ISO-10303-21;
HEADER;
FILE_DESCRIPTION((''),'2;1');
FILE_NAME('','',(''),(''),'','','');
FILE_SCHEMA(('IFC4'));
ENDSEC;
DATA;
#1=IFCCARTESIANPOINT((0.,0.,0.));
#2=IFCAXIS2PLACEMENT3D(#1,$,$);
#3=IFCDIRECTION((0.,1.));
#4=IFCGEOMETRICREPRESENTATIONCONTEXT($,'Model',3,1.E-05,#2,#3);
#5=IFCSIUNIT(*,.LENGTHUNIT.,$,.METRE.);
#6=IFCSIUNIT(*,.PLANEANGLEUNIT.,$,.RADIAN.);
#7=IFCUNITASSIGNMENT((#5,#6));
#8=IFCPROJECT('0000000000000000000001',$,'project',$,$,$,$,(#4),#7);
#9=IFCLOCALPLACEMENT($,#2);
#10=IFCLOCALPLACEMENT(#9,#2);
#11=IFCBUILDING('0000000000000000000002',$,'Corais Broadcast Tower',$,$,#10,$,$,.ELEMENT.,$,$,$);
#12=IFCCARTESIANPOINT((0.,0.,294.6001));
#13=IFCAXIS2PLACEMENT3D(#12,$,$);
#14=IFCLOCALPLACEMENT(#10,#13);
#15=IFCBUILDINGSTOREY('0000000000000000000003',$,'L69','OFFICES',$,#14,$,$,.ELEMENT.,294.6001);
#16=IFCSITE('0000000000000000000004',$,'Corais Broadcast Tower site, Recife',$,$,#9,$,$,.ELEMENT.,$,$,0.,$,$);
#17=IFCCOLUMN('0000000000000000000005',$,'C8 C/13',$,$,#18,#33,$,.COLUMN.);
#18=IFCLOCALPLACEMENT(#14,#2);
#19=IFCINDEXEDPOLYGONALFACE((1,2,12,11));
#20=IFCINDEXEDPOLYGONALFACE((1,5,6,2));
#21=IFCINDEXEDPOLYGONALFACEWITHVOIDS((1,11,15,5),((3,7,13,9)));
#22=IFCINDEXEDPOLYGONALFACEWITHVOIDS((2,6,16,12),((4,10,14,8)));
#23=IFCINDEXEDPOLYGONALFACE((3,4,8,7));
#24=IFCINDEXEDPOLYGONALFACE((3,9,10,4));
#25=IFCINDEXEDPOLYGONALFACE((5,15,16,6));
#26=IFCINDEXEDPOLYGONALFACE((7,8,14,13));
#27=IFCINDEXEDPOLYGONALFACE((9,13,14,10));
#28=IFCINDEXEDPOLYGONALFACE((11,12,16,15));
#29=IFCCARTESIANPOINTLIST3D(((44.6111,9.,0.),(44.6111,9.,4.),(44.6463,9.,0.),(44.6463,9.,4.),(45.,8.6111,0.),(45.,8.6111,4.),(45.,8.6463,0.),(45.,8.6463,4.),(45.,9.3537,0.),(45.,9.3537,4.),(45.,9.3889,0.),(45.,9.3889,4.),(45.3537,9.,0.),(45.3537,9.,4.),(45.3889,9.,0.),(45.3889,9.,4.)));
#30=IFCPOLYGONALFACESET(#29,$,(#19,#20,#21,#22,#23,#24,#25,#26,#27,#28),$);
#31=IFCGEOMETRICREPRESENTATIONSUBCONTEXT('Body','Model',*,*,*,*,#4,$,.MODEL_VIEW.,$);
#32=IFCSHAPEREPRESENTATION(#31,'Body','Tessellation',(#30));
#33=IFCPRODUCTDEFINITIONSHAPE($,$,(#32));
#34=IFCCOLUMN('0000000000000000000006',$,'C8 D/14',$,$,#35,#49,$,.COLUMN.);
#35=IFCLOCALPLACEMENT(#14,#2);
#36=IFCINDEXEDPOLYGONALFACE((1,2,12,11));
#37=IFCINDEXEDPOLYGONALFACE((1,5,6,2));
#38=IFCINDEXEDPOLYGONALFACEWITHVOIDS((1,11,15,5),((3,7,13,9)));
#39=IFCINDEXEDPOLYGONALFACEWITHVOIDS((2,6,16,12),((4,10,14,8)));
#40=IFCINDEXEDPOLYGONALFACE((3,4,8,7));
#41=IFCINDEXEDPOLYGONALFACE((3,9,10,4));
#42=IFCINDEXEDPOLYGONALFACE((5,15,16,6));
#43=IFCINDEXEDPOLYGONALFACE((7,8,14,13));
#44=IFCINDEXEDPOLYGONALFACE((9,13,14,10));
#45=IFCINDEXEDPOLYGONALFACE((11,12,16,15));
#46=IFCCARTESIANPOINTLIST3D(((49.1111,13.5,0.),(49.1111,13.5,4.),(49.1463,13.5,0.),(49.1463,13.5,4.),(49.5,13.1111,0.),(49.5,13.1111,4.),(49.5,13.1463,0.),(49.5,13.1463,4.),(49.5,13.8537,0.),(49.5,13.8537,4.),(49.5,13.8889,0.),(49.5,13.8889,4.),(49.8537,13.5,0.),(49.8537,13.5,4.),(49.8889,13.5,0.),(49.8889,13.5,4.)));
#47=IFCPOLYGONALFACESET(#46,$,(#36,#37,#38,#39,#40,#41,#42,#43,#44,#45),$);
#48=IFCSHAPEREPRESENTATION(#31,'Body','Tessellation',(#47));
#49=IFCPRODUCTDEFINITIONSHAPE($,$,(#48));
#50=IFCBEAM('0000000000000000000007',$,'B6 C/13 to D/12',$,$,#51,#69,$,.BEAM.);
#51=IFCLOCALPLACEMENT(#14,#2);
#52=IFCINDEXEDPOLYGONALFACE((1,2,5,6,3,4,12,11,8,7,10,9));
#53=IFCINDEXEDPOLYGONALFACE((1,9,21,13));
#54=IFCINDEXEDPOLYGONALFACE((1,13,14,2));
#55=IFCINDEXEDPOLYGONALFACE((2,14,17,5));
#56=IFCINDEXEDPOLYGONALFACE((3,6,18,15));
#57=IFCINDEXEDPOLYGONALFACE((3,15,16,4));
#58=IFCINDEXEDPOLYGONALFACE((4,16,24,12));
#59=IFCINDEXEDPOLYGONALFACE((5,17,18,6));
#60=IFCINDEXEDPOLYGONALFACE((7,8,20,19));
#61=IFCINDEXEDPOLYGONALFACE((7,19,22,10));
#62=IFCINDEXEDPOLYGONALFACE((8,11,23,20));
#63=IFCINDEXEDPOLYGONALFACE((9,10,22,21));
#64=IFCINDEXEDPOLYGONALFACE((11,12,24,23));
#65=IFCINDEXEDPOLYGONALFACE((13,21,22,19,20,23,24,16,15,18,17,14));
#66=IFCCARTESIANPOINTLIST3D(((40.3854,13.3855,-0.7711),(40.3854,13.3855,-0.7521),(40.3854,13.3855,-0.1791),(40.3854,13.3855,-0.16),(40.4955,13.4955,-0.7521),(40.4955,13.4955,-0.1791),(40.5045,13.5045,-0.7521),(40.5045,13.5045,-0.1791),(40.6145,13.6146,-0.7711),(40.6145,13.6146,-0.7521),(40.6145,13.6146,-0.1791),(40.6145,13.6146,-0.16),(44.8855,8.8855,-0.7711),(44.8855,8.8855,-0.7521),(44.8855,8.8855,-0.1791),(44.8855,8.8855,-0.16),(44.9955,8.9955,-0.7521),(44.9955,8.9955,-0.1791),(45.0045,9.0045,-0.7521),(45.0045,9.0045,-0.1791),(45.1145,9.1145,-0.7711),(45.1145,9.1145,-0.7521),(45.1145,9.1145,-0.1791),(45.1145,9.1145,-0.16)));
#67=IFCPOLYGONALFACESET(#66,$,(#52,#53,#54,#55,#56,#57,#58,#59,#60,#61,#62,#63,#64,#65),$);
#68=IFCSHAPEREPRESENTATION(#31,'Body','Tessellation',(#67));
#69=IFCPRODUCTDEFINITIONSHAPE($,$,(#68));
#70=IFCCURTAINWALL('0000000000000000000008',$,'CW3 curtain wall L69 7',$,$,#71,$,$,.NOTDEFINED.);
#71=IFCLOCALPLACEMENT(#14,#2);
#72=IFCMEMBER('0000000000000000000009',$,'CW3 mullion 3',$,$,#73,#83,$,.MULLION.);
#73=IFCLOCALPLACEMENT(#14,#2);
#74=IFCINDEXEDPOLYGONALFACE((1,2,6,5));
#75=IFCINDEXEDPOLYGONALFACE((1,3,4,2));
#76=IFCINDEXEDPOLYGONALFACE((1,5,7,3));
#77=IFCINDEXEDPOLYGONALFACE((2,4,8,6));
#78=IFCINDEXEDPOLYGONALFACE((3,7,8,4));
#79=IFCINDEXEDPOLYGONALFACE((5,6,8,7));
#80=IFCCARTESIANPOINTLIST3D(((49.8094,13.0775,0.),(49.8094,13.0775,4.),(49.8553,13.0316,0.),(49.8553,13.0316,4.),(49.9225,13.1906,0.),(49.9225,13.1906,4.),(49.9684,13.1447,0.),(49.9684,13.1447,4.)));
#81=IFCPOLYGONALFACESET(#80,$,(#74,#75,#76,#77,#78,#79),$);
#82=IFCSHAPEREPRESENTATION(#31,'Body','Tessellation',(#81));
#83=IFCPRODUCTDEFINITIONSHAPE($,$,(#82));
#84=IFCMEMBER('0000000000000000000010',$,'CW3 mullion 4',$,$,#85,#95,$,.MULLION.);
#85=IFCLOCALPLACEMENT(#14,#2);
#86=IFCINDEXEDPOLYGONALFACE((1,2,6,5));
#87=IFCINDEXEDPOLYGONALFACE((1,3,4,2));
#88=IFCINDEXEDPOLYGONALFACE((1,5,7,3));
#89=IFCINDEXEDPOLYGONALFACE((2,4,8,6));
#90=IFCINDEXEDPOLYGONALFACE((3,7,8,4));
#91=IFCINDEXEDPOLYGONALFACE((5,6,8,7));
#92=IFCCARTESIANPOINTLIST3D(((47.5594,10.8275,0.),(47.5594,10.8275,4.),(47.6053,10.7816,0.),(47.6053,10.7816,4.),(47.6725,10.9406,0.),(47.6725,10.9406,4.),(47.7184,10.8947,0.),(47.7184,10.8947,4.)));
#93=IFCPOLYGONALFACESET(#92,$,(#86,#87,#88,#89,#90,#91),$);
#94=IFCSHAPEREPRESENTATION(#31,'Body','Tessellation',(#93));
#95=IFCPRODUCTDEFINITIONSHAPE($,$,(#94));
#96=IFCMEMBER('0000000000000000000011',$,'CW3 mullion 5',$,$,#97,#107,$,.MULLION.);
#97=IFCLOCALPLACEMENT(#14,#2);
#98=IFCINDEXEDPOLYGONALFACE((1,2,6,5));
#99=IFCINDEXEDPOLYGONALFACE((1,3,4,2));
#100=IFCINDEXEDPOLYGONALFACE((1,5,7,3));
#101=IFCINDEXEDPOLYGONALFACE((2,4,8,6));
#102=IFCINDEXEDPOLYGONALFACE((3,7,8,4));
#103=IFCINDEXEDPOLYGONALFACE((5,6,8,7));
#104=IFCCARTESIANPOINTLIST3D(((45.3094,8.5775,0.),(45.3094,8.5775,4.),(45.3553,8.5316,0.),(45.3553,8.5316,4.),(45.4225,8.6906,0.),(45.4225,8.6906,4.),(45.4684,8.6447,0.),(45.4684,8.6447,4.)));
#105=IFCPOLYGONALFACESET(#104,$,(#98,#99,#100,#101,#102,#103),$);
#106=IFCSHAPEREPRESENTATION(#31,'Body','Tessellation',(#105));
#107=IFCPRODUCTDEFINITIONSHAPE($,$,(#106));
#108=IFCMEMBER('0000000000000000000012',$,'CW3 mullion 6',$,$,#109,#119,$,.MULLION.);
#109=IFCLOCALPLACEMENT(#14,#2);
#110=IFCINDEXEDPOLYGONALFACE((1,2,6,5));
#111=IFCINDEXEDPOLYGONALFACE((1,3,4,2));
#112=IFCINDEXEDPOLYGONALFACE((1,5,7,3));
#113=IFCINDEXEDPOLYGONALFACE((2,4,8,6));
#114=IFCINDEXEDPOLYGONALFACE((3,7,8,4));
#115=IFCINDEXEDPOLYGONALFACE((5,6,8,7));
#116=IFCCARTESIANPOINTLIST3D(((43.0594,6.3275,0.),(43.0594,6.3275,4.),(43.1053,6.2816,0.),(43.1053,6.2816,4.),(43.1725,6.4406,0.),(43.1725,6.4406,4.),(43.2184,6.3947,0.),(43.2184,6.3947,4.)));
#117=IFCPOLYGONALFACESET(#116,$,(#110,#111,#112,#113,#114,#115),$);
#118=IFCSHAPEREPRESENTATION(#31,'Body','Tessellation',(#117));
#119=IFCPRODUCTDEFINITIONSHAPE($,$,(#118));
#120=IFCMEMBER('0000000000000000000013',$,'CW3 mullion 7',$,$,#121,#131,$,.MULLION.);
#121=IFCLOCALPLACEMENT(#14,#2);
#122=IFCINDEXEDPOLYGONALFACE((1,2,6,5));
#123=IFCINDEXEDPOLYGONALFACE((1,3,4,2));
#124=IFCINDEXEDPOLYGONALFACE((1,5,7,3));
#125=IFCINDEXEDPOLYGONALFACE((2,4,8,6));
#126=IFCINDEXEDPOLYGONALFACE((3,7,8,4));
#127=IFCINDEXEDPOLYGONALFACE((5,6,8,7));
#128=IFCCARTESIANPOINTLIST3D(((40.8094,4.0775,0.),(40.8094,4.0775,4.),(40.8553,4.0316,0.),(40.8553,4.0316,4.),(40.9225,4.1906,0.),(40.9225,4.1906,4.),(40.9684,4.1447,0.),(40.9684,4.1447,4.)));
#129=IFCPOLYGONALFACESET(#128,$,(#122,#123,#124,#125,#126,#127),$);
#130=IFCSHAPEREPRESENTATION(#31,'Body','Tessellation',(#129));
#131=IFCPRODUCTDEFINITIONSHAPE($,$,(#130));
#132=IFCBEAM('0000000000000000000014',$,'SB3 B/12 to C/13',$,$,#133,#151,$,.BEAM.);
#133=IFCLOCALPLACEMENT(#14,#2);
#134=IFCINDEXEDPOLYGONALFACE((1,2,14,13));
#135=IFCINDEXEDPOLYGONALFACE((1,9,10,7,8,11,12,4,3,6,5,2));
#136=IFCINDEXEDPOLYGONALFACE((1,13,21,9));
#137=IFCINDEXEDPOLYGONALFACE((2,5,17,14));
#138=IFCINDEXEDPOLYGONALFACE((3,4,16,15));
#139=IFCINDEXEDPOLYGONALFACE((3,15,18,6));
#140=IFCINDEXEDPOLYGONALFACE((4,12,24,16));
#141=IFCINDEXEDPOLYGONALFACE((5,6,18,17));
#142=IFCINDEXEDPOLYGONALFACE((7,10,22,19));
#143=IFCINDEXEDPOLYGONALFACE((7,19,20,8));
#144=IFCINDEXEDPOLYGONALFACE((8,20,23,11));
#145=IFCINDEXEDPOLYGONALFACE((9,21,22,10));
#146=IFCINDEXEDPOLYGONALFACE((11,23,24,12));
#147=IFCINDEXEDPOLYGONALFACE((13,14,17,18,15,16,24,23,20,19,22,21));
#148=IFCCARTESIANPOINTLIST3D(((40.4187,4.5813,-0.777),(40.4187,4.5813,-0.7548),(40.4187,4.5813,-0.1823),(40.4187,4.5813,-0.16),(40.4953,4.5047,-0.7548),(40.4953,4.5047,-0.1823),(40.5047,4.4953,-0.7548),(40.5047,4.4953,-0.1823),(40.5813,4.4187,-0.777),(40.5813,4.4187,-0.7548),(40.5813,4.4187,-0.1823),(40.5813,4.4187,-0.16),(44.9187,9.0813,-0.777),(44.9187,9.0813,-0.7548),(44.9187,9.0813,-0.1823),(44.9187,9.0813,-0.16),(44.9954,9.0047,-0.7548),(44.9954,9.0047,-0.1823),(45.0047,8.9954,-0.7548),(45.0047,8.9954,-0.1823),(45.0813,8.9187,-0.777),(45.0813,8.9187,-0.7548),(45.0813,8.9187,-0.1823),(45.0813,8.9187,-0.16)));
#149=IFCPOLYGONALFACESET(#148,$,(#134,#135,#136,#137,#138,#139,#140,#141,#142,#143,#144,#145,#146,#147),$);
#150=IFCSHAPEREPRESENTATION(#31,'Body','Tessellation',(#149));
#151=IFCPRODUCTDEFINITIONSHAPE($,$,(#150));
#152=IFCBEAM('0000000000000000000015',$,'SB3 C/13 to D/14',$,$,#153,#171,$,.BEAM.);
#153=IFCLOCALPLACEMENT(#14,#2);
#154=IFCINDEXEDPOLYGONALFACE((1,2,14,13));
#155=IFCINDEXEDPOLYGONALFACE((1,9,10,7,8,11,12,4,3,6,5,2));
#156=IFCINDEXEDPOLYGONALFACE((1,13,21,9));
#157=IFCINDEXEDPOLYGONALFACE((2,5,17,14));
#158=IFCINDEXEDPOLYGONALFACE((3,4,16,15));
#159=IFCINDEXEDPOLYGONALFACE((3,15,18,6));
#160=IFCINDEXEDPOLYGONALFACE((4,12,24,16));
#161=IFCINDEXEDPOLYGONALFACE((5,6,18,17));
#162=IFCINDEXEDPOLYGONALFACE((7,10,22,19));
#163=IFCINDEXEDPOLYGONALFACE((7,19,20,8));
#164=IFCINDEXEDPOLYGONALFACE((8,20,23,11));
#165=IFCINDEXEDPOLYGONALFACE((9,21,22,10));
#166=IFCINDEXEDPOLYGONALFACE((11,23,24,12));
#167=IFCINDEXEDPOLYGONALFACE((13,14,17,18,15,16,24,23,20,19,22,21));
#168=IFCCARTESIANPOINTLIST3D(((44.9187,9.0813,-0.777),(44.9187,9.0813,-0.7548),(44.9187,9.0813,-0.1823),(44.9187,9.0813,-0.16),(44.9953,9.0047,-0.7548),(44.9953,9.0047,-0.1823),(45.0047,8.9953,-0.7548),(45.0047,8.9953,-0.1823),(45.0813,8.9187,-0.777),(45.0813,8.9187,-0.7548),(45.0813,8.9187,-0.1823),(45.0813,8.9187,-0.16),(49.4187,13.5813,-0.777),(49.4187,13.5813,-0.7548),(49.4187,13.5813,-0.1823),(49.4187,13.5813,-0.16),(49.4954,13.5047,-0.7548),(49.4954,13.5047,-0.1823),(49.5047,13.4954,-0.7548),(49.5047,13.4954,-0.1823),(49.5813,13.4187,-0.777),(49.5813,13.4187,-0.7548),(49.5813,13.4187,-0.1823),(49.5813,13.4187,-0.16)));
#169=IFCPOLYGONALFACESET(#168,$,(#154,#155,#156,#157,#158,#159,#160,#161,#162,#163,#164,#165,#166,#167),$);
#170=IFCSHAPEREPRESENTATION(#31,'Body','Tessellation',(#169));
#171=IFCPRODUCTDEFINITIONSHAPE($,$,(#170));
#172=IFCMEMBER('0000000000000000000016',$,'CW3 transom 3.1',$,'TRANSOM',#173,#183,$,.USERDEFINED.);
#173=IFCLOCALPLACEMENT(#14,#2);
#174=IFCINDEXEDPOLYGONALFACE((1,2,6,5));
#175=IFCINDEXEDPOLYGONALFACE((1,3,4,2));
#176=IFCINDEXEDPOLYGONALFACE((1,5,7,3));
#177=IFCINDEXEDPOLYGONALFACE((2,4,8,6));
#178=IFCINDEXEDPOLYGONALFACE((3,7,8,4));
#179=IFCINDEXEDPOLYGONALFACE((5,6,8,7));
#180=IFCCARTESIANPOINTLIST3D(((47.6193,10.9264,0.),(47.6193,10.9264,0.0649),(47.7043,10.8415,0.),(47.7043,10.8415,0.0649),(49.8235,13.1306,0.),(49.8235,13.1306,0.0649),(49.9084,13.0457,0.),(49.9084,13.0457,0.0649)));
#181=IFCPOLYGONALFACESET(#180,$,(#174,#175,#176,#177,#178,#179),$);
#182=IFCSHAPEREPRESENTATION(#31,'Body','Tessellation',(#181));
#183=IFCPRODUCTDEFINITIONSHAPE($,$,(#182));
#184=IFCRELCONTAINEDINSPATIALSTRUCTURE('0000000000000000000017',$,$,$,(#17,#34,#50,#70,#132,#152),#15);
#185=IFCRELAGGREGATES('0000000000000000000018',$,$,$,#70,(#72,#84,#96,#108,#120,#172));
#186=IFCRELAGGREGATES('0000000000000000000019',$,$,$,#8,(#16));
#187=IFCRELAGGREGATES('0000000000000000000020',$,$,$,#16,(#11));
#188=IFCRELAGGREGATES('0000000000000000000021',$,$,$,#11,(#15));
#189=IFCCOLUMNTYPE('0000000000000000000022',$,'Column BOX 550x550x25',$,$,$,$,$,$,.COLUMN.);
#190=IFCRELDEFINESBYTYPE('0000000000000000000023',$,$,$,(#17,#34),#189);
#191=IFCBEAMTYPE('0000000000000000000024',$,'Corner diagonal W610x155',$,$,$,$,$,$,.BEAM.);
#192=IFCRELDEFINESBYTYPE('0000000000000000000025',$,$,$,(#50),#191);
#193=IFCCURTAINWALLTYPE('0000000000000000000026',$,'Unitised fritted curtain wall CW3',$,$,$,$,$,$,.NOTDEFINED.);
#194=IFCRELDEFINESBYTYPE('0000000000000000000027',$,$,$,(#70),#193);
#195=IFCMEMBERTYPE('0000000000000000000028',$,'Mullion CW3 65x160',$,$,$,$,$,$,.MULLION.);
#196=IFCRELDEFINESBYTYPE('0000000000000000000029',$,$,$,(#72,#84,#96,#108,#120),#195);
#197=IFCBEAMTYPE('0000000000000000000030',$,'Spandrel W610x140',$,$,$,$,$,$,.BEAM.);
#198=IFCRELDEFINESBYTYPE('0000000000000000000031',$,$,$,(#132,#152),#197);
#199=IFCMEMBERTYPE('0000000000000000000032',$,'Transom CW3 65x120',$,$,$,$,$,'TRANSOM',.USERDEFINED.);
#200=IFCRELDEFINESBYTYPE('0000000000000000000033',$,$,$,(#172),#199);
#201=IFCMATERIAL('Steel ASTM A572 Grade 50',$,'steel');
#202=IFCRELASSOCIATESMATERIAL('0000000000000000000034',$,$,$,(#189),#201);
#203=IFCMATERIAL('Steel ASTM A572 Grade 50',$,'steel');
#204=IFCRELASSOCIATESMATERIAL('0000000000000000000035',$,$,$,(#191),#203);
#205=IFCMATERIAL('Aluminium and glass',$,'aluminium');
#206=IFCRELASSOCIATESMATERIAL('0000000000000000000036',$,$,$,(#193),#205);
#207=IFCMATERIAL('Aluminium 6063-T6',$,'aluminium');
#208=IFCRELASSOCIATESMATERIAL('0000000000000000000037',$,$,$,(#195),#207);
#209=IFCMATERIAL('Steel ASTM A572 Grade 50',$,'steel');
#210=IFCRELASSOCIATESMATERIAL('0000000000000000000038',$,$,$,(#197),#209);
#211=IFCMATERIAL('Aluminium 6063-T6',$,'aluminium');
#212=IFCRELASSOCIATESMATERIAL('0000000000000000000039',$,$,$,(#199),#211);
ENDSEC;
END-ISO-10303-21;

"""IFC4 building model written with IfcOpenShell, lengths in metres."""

from ifc_helpers import new_model, si_unit, direction, frame, origin, origin_2d, place, context, subcontext, project, spatial, rectangle, hollow_rectangle, i_section, extrude, material, material_profile, profile_set, type_object, element, aggregate, save


model = new_model("IFC4")

# Units and contexts
model_context = context("Model", 3, precision=1e-05, world=origin(), true_north=direction((0.0, 1.0)))
body_context = subcontext(model_context, "Body", "Model", "MODEL_VIEW")
ifc_project = project(units=[si_unit("LENGTHUNIT", "METRE"), si_unit("PLANEANGLEUNIT", "RADIAN")], contexts=[model_context])

# Site, building, storey
site_placement = place(None, origin())
site = spatial("IfcSite", under=ifc_project, at=site_placement, Name="Corais Broadcast Tower site, Recife", CompositionType="ELEMENT", RefElevation=0.0)
building_placement = place(site_placement, origin())
building = spatial("IfcBuilding", under=site, at=building_placement, Name="Corais Broadcast Tower", CompositionType="ELEMENT")
storey_placement = place(building_placement, frame((0.0, 0.0, 294.6001)))
storey = spatial("IfcBuildingStorey", under=building, at=storey_placement, Name="L69", Description="OFFICES", CompositionType="ELEMENT", Elevation=294.6001)

# Columns
ifc_material_1 = material(Name="Steel ASTM A572 Grade 50", Category="steel")
ifc_material_profile_1 = material_profile(ifc_material_1, hollow_rectangle(XDim=0.55, YDim=0.55, WallThickness=0.0249, at=origin_2d()), Name="BOX 550x550x25")
ifc_profile_set_1 = profile_set([ifc_material_profile_1], Name="Steel ASTM A572 Grade 50")
column_type = type_object("IfcColumnType", Name="Column BOX 550x550x25", PredefinedType="COLUMN", material=ifc_profile_set_1)
for number, where, z_axis, x_axis, name in (
    (1, (45.0, 9.0, 0.0), (0.0, 0.0, 1.0), (0.707107, 0.707107, 0.0), "C8 C/13"),
    (2, (49.5, 13.5, 0.0), (0.0, 0.0, 1.0), (0.707107, 0.707107, 0.0), "C8 D/14"),
):
    element("IfcColumn", number, at=place(storey_placement, frame(where, z_axis=z_axis, x_axis=x_axis)), inside=storey, type_object=column_type, Name=name, PredefinedType="COLUMN", context=body_context, shape_type="SweptSolid", body=[
        extrude(hollow_rectangle(XDim=0.55, YDim=0.55, WallThickness=0.0249, at=origin_2d()), origin(), (0.0, 0.0, 1.0), 4.0),
    ])

# Beam
ifc_material_2 = material(Name="Steel ASTM A572 Grade 50", Category="steel")
ifc_material_profile_2 = material_profile(ifc_material_2, i_section(OverallWidth=0.324, OverallDepth=0.6111, WebThickness=0.0127, FlangeThickness=0.019, at=origin_2d()), Name="W610x155")
ifc_profile_set_2 = profile_set([ifc_material_profile_2], Name="Steel ASTM A572 Grade 50")
beam_type_1 = type_object("IfcBeamType", Name="Corner diagonal W610x155", PredefinedType="BEAM", material=ifc_profile_set_2)
beam_placement = place(storey_placement, frame((45.0, 9.0, -0.4656), z_axis=(-0.707107, 0.707107, 0.0), x_axis=(-0.707107, -0.707107, 0.0)))
element("IfcBeam", 3, at=beam_placement, inside=storey, type_object=beam_type_1, Name="B6 C/13 to D/12", PredefinedType="BEAM", context=body_context, shape_type="SweptSolid", body=[
    extrude(i_section(OverallWidth=0.324, OverallDepth=0.6111, WebThickness=0.0127, FlangeThickness=0.019, at=origin_2d()), origin(), (0.0, 0.0, 1.0), 6.364),
])

# Curtain wall, members
ifc_material_3 = material(Name="Aluminium and glass", Category="aluminium")
curtain_wall_type = type_object("IfcCurtainWallType", Name="Unitised fritted curtain wall CW3", PredefinedType="NOTDEFINED", material=ifc_material_3)
curtain_wall_placement = place(storey_placement, origin())
curtain_wall = element("IfcCurtainWall", 4, at=curtain_wall_placement, inside=storey, type_object=curtain_wall_type, Name="CW3 curtain wall L69 7", PredefinedType="NOTDEFINED")
ifc_material_4 = material(Name="Aluminium 6063-T6", Category="aluminium")
ifc_material_profile_3 = material_profile(ifc_material_4, rectangle(XDim=0.0649, YDim=0.1599, at=origin_2d()), Name="Mullion CW3 65x160")
ifc_profile_set_3 = profile_set([ifc_material_profile_3], Name="Aluminium 6063-T6")
member_type_1 = type_object("IfcMemberType", Name="Mullion CW3 65x160", PredefinedType="MULLION", material=ifc_profile_set_3)
member_1_placement = place(storey_placement, frame((49.8889, 13.1111, 0.0), z_axis=(0.0, 0.0, 1.0), x_axis=(0.707107, -0.707107, 0.0)))
member_1 = element("IfcMember", 5, at=member_1_placement, type_object=member_type_1, Name="CW3 mullion 3", PredefinedType="MULLION", context=body_context, shape_type="SweptSolid", body=[
    extrude(rectangle(XDim=0.0649, YDim=0.1599, at=origin_2d()), origin(), (0.0, 0.0, 1.0), 4.0),
])
member_2_placement = place(storey_placement, frame((47.6389, 10.8611, 0.0), z_axis=(0.0, 0.0, 1.0), x_axis=(0.707107, -0.707107, 0.0)))
member_2 = element("IfcMember", 6, at=member_2_placement, type_object=member_type_1, Name="CW3 mullion 4", PredefinedType="MULLION", context=body_context, shape_type="SweptSolid", body=[
    extrude(rectangle(XDim=0.0649, YDim=0.1599, at=origin_2d()), origin(), (0.0, 0.0, 1.0), 4.0),
])
member_3_placement = place(storey_placement, frame((45.3889, 8.6111, 0.0), z_axis=(0.0, 0.0, 1.0), x_axis=(0.707107, -0.707107, 0.0)))
member_3 = element("IfcMember", 7, at=member_3_placement, type_object=member_type_1, Name="CW3 mullion 5", PredefinedType="MULLION", context=body_context, shape_type="SweptSolid", body=[
    extrude(rectangle(XDim=0.0649, YDim=0.1599, at=origin_2d()), origin(), (0.0, 0.0, 1.0), 4.0),
])
member_4_placement = place(storey_placement, frame((43.1389, 6.3611, 0.0), z_axis=(0.0, 0.0, 1.0), x_axis=(0.707107, -0.707107, 0.0)))
member_4 = element("IfcMember", 8, at=member_4_placement, type_object=member_type_1, Name="CW3 mullion 6", PredefinedType="MULLION", context=body_context, shape_type="SweptSolid", body=[
    extrude(rectangle(XDim=0.0649, YDim=0.1599, at=origin_2d()), origin(), (0.0, 0.0, 1.0), 4.0),
])
member_5_placement = place(storey_placement, frame((40.8889, 4.1111, 0.0), z_axis=(0.0, 0.0, 1.0), x_axis=(0.707107, -0.707107, 0.0)))
member_5 = element("IfcMember", 9, at=member_5_placement, type_object=member_type_1, Name="CW3 mullion 7", PredefinedType="MULLION", context=body_context, shape_type="SweptSolid", body=[
    extrude(rectangle(XDim=0.0649, YDim=0.1599, at=origin_2d()), origin(), (0.0, 0.0, 1.0), 4.0),
])

# Beams
ifc_material_5 = material(Name="Steel ASTM A572 Grade 50", Category="steel")
ifc_material_profile_4 = material_profile(ifc_material_5, i_section(OverallWidth=0.23, OverallDepth=0.6169, WebThickness=0.0132, FlangeThickness=0.0222, at=origin_2d()), Name="W610x140")
ifc_profile_set_4 = profile_set([ifc_material_profile_4], Name="Steel ASTM A572 Grade 50")
beam_type_2 = type_object("IfcBeamType", Name="Spandrel W610x140", PredefinedType="BEAM", material=ifc_profile_set_4)
for number, where, z_axis, x_axis, name in (
    (10, (40.5, 4.5, -0.4685), (0.707107, 0.707107, 0.0), (-0.707107, 0.707107, 0.0), "SB3 B/12 to C/13"),
    (11, (45.0, 9.0, -0.4685), (0.707107, 0.707107, 0.0), (-0.707107, 0.707107, 0.0), "SB3 C/13 to D/14"),
):
    element("IfcBeam", number, at=place(storey_placement, frame(where, z_axis=z_axis, x_axis=x_axis)), inside=storey, type_object=beam_type_2, Name=name, PredefinedType="BEAM", context=body_context, shape_type="SweptSolid", body=[
        extrude(i_section(OverallWidth=0.23, OverallDepth=0.6169, WebThickness=0.0132, FlangeThickness=0.0222, at=origin_2d()), origin(), (0.0, 0.0, 1.0), 6.364),
    ])

# Member
ifc_material_6 = material(Name="Aluminium 6063-T6", Category="aluminium")
ifc_material_profile_5 = material_profile(ifc_material_6, rectangle(XDim=0.1201, YDim=0.0649, at=origin_2d()), Name="Transom CW3 65x120")
ifc_profile_set_5 = profile_set([ifc_material_profile_5], Name="Aluminium 6063-T6")
member_type_2 = type_object("IfcMemberType", Name="Transom CW3 65x120", ElementType="TRANSOM", PredefinedType="USERDEFINED", material=ifc_profile_set_5)
member_6_placement = place(storey_placement, frame((49.866, 13.0881, 0.0325), z_axis=(-0.707107, -0.707107, 0.0), x_axis=(0.707107, -0.707107, 0.0)))
member_6 = element("IfcMember", 12, at=member_6_placement, type_object=member_type_2, Name="CW3 transom 3.1", ObjectType="TRANSOM", PredefinedType="USERDEFINED", context=body_context, shape_type="SweptSolid", body=[
    extrude(rectangle(XDim=0.1201, YDim=0.0649, at=origin_2d()), origin(), (0.0, 0.0, 1.0), 3.1172),
])

aggregate(curtain_wall, [member_1, member_2, member_3, member_4, member_5, member_6])

save(model, "model.ifc")
